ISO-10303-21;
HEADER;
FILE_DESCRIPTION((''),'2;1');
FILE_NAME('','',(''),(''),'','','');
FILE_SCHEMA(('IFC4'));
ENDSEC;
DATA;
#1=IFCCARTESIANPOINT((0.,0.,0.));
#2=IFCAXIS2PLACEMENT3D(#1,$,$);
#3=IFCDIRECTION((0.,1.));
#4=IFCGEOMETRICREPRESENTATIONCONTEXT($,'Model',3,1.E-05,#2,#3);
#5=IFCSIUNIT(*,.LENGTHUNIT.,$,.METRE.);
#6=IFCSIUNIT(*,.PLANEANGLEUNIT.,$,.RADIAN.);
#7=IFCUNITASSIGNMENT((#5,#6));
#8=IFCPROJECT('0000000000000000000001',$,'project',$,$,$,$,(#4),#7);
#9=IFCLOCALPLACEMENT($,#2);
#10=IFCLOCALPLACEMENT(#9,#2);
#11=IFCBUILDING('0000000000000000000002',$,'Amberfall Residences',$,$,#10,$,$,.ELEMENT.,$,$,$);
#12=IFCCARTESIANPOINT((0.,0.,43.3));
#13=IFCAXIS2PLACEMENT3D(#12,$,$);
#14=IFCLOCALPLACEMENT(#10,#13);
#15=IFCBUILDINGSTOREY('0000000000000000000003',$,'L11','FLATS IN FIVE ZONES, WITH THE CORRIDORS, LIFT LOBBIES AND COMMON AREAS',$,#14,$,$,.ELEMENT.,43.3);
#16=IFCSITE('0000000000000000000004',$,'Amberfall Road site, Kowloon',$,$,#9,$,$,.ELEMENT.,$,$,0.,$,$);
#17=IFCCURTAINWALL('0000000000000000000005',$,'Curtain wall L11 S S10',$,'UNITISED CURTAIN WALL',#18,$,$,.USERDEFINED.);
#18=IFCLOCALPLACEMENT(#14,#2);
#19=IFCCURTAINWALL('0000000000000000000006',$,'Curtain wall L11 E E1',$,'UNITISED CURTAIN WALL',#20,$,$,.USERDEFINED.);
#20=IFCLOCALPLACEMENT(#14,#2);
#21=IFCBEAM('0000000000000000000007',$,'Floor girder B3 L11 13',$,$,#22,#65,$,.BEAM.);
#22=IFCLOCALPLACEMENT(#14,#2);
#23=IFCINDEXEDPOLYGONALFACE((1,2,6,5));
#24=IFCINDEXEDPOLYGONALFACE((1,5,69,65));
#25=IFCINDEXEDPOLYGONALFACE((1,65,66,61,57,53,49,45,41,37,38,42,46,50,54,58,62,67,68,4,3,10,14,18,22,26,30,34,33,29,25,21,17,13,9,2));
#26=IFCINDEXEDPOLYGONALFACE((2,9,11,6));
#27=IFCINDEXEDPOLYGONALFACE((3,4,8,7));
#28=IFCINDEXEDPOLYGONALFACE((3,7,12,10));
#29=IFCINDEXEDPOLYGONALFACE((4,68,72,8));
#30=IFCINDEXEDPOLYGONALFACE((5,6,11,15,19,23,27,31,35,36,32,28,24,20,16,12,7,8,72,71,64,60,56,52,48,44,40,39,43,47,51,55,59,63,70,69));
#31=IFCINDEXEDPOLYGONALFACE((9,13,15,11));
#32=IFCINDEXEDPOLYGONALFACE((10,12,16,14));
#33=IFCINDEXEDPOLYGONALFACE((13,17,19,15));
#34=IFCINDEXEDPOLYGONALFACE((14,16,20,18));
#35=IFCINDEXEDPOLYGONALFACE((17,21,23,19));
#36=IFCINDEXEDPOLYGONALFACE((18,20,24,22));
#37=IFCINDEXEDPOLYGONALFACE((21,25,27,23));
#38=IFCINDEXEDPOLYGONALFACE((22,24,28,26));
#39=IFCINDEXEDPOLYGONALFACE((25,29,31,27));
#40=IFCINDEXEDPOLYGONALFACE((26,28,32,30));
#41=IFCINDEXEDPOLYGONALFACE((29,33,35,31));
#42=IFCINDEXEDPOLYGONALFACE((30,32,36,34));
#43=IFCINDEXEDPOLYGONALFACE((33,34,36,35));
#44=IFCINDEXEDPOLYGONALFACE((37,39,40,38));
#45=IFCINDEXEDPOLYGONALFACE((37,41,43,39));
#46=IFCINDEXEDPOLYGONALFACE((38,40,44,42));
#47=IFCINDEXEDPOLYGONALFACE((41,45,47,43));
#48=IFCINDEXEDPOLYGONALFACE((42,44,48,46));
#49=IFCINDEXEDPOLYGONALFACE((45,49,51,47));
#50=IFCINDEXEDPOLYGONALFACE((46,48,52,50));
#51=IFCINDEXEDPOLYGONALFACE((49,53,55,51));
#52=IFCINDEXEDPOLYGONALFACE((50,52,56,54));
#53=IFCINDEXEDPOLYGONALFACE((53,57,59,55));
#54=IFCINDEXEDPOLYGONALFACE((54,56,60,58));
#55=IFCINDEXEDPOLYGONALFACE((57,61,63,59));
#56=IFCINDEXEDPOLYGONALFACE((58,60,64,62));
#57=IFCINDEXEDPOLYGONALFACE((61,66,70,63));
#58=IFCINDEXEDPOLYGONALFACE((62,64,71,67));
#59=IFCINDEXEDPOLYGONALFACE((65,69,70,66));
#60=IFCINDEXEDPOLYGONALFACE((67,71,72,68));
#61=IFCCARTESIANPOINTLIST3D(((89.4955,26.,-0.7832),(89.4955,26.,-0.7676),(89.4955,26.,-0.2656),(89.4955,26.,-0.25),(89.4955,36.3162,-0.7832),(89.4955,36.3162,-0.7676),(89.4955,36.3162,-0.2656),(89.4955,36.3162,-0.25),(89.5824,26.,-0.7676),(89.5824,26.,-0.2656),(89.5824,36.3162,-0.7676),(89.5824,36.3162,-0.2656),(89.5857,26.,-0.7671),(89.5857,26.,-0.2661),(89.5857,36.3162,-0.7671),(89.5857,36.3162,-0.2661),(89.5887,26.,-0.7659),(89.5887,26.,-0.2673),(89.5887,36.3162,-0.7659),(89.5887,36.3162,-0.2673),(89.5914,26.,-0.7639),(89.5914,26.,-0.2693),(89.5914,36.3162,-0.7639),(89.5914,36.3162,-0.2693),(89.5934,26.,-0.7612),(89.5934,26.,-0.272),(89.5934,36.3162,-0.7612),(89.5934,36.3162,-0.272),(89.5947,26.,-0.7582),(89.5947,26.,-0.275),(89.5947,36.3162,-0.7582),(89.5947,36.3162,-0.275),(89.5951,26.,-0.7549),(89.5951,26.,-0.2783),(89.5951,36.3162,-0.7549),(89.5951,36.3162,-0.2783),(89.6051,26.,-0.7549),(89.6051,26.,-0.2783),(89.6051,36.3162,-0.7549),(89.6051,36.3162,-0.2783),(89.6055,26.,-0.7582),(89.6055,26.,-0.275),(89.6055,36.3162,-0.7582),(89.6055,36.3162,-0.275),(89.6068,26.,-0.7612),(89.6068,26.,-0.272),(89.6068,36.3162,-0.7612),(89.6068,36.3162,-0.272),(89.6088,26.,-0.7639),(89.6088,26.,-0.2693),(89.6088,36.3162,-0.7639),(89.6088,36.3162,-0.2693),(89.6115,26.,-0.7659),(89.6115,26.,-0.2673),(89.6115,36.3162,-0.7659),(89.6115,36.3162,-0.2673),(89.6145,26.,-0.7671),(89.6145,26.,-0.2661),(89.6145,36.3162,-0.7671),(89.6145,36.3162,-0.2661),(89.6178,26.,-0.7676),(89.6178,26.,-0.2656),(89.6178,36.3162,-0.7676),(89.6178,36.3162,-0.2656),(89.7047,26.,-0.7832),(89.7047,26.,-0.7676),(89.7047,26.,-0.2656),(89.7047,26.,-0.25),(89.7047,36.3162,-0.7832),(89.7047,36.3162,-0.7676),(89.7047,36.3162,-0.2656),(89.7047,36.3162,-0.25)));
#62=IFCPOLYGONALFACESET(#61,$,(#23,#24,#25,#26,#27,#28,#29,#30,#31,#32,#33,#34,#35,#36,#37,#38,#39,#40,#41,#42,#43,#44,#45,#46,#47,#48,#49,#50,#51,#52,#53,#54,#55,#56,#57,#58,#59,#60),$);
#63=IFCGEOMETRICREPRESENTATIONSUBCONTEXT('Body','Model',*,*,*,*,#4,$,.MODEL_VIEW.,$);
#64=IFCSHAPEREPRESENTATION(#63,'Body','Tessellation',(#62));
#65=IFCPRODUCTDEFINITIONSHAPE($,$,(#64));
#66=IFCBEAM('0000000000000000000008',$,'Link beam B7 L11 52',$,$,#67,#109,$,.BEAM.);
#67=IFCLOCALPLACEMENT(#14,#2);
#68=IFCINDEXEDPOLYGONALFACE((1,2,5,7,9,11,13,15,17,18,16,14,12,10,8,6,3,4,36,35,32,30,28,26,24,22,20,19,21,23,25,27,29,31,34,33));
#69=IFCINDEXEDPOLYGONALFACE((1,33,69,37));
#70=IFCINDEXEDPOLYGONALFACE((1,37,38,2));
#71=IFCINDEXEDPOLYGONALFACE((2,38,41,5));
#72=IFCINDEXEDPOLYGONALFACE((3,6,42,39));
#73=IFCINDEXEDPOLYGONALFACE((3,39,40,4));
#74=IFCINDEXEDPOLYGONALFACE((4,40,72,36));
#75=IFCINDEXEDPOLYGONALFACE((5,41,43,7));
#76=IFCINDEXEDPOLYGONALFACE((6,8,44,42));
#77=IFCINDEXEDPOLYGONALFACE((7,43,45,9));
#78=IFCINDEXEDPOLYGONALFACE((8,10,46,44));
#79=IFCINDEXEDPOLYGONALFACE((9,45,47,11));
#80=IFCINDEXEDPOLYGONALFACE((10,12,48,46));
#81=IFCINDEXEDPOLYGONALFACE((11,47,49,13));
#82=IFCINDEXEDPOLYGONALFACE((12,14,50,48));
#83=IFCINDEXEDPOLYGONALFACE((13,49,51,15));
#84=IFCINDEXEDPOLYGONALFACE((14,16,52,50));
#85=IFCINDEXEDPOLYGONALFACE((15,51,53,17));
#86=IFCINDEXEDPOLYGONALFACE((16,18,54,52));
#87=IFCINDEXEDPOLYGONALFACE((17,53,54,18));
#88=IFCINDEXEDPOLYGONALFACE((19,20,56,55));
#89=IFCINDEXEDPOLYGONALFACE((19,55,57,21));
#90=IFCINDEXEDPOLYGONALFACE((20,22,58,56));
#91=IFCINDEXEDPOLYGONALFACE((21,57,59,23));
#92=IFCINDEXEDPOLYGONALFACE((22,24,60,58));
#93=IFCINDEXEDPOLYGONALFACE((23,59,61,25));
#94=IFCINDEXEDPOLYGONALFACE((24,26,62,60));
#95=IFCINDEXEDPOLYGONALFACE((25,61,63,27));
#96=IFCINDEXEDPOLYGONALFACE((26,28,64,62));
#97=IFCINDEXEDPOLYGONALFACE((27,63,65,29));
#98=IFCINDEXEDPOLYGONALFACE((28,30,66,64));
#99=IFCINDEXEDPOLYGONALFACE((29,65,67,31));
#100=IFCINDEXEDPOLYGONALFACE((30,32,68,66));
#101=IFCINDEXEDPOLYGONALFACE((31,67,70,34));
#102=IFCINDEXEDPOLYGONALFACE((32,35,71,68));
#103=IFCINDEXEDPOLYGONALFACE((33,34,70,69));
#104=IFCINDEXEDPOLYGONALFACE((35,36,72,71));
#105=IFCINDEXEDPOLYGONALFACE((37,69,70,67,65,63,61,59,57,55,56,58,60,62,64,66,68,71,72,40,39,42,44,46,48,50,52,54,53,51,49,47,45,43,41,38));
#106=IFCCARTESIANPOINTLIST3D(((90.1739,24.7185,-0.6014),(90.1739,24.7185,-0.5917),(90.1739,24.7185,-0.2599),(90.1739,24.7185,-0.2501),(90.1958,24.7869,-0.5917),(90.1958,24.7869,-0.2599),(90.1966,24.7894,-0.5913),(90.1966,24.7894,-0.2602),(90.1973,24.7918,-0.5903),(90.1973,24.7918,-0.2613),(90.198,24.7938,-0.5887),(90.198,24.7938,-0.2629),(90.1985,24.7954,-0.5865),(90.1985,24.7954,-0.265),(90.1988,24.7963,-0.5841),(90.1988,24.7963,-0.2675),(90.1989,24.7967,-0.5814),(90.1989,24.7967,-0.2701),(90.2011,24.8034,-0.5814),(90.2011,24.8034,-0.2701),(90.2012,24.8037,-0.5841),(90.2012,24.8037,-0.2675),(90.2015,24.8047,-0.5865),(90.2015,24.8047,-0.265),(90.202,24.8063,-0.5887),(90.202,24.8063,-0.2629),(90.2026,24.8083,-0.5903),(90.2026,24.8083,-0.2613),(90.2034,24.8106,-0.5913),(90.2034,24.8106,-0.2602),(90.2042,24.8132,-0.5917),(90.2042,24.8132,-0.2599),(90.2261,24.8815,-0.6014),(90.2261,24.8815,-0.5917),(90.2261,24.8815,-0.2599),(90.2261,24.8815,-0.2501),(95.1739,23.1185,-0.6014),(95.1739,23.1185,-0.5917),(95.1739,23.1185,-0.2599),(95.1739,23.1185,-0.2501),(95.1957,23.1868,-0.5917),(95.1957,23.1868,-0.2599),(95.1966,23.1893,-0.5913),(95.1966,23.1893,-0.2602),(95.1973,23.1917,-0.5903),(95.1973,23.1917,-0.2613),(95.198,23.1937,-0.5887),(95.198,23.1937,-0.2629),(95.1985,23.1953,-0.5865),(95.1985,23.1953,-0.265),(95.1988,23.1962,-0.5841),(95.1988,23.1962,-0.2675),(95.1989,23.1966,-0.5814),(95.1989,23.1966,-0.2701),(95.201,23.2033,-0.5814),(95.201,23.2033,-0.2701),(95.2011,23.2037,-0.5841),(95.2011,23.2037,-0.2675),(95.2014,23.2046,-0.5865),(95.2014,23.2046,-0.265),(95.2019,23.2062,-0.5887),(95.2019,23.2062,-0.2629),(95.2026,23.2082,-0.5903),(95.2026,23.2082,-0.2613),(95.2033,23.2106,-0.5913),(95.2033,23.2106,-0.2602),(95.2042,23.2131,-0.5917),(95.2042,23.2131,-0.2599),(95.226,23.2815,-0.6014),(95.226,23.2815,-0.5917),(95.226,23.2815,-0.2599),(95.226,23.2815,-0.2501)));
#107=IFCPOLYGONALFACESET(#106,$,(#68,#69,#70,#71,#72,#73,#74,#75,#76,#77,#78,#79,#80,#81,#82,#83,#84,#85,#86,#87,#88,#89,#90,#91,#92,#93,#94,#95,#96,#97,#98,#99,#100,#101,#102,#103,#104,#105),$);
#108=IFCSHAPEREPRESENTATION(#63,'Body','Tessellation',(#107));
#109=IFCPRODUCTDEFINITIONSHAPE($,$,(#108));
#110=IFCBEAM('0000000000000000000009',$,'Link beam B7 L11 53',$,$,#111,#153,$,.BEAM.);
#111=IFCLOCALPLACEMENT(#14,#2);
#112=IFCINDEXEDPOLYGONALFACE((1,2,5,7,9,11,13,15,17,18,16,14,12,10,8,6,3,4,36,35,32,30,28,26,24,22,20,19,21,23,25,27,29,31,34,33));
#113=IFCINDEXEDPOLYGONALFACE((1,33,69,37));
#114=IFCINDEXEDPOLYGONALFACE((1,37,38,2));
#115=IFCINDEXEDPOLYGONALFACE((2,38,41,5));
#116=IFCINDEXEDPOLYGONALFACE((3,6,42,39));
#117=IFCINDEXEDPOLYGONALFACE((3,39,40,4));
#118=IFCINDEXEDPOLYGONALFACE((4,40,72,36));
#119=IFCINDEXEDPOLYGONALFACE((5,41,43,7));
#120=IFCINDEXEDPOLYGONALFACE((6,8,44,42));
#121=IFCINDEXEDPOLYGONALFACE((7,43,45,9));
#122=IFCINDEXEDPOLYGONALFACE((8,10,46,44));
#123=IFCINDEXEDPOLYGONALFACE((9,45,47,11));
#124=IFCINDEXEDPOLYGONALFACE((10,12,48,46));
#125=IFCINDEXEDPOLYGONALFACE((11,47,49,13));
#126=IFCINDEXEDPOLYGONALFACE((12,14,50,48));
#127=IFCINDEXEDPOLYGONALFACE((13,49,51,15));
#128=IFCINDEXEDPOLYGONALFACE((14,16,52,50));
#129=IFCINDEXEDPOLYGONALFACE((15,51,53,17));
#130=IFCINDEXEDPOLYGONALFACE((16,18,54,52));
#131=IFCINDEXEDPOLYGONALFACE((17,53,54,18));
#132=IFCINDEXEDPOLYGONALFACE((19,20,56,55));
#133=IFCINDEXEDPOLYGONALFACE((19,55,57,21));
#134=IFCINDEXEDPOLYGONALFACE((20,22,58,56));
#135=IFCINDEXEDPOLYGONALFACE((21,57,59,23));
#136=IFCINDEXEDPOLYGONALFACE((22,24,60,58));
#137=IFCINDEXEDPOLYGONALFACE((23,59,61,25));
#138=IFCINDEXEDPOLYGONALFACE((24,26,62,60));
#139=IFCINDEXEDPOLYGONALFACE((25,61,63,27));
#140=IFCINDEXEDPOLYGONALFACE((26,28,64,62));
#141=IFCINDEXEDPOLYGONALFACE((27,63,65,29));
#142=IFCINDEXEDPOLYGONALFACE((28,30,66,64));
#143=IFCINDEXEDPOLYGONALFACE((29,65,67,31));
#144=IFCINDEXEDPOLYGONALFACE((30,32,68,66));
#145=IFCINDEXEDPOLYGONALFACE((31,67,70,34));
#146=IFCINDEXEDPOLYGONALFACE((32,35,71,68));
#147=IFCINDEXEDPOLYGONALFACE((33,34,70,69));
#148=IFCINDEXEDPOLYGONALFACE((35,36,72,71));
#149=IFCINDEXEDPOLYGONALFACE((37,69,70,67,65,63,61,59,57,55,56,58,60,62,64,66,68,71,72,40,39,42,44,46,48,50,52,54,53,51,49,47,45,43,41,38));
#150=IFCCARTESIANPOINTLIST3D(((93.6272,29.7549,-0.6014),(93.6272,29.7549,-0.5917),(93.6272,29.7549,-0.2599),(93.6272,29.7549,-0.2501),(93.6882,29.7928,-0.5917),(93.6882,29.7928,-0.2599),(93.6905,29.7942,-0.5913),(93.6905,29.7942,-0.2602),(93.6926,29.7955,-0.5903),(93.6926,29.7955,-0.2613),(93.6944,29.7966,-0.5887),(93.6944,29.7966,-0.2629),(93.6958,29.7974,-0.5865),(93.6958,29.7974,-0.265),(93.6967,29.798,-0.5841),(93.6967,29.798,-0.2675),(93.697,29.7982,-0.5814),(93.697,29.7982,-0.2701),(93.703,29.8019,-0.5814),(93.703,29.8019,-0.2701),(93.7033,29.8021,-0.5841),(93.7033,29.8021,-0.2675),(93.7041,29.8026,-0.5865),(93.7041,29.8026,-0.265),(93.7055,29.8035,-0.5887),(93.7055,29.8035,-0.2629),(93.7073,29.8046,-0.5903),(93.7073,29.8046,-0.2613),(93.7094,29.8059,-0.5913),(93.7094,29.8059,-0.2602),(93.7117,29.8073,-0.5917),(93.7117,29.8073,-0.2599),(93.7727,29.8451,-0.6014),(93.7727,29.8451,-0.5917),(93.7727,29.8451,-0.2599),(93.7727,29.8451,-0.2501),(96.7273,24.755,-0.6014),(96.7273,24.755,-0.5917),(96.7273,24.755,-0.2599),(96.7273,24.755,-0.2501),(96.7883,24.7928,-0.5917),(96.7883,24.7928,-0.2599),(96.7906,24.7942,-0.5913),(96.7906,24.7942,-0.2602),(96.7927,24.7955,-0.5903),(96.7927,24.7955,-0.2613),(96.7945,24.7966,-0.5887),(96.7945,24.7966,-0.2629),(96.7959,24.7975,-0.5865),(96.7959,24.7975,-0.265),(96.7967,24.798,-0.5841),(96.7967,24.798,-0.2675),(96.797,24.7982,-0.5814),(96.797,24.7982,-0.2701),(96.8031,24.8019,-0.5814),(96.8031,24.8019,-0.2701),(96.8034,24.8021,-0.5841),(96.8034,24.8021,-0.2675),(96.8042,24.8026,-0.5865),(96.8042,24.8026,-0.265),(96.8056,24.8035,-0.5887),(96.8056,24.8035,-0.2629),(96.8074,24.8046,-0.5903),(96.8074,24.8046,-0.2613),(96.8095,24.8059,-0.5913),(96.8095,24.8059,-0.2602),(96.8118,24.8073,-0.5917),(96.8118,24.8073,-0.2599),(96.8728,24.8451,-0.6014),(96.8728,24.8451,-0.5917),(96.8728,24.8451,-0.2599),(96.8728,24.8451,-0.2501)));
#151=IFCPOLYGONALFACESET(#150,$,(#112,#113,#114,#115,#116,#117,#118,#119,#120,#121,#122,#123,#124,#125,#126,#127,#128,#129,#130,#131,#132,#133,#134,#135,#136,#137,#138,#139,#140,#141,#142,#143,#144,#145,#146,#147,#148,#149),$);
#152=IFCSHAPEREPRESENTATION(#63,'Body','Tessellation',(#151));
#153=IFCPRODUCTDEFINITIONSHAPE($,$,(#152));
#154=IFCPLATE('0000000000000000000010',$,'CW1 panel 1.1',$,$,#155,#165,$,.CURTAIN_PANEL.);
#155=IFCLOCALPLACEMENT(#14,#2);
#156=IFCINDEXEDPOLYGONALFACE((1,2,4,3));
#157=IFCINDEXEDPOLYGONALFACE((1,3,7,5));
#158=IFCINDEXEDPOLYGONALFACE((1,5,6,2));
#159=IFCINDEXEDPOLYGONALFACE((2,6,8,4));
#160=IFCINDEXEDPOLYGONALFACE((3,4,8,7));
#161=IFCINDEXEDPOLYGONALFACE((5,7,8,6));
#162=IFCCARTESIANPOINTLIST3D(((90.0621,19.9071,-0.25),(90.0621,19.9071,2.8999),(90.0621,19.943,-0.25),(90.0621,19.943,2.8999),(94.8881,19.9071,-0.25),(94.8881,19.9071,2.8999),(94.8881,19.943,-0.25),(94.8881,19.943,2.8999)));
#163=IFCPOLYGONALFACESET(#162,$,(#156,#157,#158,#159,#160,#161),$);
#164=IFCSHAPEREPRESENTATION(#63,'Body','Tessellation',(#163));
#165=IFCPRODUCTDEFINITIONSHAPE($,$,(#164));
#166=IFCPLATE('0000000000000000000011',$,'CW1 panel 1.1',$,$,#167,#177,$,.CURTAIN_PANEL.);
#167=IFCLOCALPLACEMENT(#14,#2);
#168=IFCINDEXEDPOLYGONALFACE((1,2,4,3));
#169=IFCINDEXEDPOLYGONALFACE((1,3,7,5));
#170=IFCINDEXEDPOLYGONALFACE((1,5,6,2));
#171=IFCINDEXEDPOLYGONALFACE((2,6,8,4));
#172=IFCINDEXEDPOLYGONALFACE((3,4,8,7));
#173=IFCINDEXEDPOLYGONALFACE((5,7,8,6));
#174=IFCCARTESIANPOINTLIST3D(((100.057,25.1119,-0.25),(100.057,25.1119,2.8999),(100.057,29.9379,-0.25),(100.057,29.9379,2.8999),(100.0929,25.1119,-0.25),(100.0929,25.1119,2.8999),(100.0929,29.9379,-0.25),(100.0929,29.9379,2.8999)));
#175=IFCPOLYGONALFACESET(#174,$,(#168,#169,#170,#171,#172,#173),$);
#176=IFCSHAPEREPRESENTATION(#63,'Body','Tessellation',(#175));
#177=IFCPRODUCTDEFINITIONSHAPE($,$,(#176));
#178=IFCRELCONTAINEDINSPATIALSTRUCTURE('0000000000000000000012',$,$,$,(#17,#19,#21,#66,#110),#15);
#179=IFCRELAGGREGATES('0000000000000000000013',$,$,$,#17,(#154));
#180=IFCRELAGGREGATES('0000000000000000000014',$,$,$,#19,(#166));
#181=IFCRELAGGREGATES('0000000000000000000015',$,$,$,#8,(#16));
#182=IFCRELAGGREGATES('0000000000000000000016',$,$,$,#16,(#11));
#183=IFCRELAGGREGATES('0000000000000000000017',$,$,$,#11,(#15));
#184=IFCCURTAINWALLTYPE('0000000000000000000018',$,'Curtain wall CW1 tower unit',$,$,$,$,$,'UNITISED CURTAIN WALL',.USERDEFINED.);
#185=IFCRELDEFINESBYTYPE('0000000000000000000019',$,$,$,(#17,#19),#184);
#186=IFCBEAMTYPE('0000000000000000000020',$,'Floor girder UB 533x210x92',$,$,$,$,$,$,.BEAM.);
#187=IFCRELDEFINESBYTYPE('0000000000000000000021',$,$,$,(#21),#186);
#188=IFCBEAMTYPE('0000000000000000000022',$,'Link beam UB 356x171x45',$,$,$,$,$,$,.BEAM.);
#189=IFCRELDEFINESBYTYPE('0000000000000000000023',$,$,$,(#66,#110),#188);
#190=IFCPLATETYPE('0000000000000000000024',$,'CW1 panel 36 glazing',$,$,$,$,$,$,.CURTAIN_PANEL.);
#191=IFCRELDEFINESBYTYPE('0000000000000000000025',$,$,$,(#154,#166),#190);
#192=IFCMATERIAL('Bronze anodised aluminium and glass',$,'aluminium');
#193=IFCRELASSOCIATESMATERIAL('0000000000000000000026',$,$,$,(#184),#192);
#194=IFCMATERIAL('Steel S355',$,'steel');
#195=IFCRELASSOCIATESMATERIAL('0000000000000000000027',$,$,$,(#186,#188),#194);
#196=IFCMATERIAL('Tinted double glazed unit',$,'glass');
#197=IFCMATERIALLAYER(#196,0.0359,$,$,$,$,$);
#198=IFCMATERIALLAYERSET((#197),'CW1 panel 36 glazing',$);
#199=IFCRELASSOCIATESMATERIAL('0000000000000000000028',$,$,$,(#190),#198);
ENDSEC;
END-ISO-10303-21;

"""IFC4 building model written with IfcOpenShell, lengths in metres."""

from ifc_helpers import new_model, si_unit, direction, frame, origin, origin_2d, place, context, subcontext, project, spatial, rectangle, i_section, extrude, material, layer, layer_set, material_profile, profile_set, type_object, element, aggregate, save


model = new_model("IFC4")

# Units and contexts
model_context = context("Model", 3, precision=1e-05, world=origin(), true_north=direction((0.0, 1.0)))
body_context = subcontext(model_context, "Body", "Model", "MODEL_VIEW")
ifc_project = project(units=[si_unit("LENGTHUNIT", "METRE"), si_unit("PLANEANGLEUNIT", "RADIAN")], contexts=[model_context])

# Site, building, storey
site_placement = place(None, origin())
site = spatial("IfcSite", under=ifc_project, at=site_placement, Name="Amberfall Road site, Kowloon", CompositionType="ELEMENT", RefElevation=0.0)
building_placement = place(site_placement, origin())
building = spatial("IfcBuilding", under=site, at=building_placement, Name="Amberfall Residences", CompositionType="ELEMENT")
storey_placement = place(building_placement, frame((0.0, 0.0, 43.3)))
storey = spatial("IfcBuildingStorey", under=building, at=storey_placement, Name="L11", Description="FLATS IN FIVE ZONES, WITH THE CORRIDORS, LIFT LOBBIES AND COMMON AREAS", CompositionType="ELEMENT", Elevation=43.3)

# Curtain walls
ifc_material_1 = material(Name="Bronze anodised aluminium and glass", Category="aluminium")
curtain_wall_type = type_object("IfcCurtainWallType", Name="Curtain wall CW1 tower unit", ElementType="UNITISED CURTAIN WALL", PredefinedType="USERDEFINED", material=ifc_material_1)
curtain_wall_1_placement = place(storey_placement, origin())
curtain_wall_1 = element("IfcCurtainWall", 1, at=curtain_wall_1_placement, inside=storey, type_object=curtain_wall_type, Name="Curtain wall L11 S S10", ObjectType="UNITISED CURTAIN WALL", PredefinedType="USERDEFINED")
curtain_wall_2_placement = place(storey_placement, origin())
curtain_wall_2 = element("IfcCurtainWall", 2, at=curtain_wall_2_placement, inside=storey, type_object=curtain_wall_type, Name="Curtain wall L11 E E1", ObjectType="UNITISED CURTAIN WALL", PredefinedType="USERDEFINED")

# Beams
ifc_material_2 = material(Name="Steel S355", Category="steel")
ifc_material_profile_1 = material_profile(ifc_material_2, i_section(OverallWidth=0.2092, OverallDepth=0.5332, WebThickness=0.01, FlangeThickness=0.0156, FilletRadius=0.0127, at=origin_2d()), Name="UB 533x210x92")
ifc_profile_set_1 = profile_set([ifc_material_profile_1], Name="Steel S355")
beam_type_1 = type_object("IfcBeamType", Name="Floor girder UB 533x210x92", PredefinedType="BEAM", material=ifc_profile_set_1)
beam_1_placement = place(storey_placement, frame((89.6001, 26.0, -0.5166), z_axis=(0.0, 1.0, 0.0), x_axis=(-1.0, 0.0, 0.0)))
element("IfcBeam", 3, at=beam_1_placement, inside=storey, type_object=beam_type_1, Name="Floor girder B3 L11 13", PredefinedType="BEAM", context=body_context, shape_type="SweptSolid", body=[
    extrude(i_section(OverallWidth=0.2092, OverallDepth=0.5332, WebThickness=0.01, FlangeThickness=0.0156, FilletRadius=0.0127, at=origin_2d()), origin(), (0.0, 0.0, 1.0), 10.3162),
])
ifc_material_profile_2 = material_profile(ifc_material_2, i_section(OverallWidth=0.1711, OverallDepth=0.3513, WebThickness=0.0071, FlangeThickness=0.0098, FilletRadius=0.0103, at=origin_2d()), Name="UB 356x171x45")
ifc_profile_set_2 = profile_set([ifc_material_profile_2], Name="Steel S355")
beam_type_2 = type_object("IfcBeamType", Name="Link beam UB 356x171x45", PredefinedType="BEAM", material=ifc_profile_set_2)
beam_2_placement = place(storey_placement, frame((95.2, 23.2, -0.4258), z_axis=(-0.952419, 0.304793, 0.0), x_axis=(-0.304793, -0.952419, 0.0)))
element("IfcBeam", 4, at=beam_2_placement, inside=storey, type_object=beam_type_2, Name="Link beam B7 L11 52", PredefinedType="BEAM", context=body_context, shape_type="SweptSolid", body=[
    extrude(i_section(OverallWidth=0.1711, OverallDepth=0.3513, WebThickness=0.0071, FlangeThickness=0.0098, FilletRadius=0.0103, at=origin_2d()), origin(), (0.0, 0.0, 1.0), 5.2498),
])
beam_3_placement = place(storey_placement, frame((96.8, 24.8, -0.4258), z_axis=(-0.526952, 0.849895, 0.0), x_axis=(-0.849895, -0.526952, 0.0)))
element("IfcBeam", 5, at=beam_3_placement, inside=storey, type_object=beam_type_2, Name="Link beam B7 L11 53", PredefinedType="BEAM", context=body_context, shape_type="SweptSolid", body=[
    extrude(i_section(OverallWidth=0.1711, OverallDepth=0.3513, WebThickness=0.0071, FlangeThickness=0.0098, FilletRadius=0.0103, at=origin_2d()), origin(), (0.0, 0.0, 1.0), 5.8831),
])

# Plates
ifc_material_3 = material(Name="Tinted double glazed unit", Category="glass")
ifc_layer_1 = layer(ifc_material_3, 0.0359)
ifc_layer_set_1 = layer_set([ifc_layer_1], Name="CW1 panel 36 glazing")
plate_type = type_object("IfcPlateType", Name="CW1 panel 36 glazing", PredefinedType="CURTAIN_PANEL", material=ifc_layer_set_1)
plate_1_placement = place(storey_placement, frame((92.4751, 19.925, -0.25), z_axis=(0.0, 0.0, 1.0), x_axis=(1.0, 0.0, 0.0)))
plate_1 = element("IfcPlate", 6, at=plate_1_placement, type_object=plate_type, Name="CW1 panel 1.1", PredefinedType="CURTAIN_PANEL", context=body_context, shape_type="SweptSolid", body=[
    extrude(rectangle(XDim=4.8259, YDim=0.0359, at=origin_2d()), origin(), (0.0, 0.0, 1.0), 3.1499),
])
aggregate(curtain_wall_1, [plate_1])
plate_2_placement = place(storey_placement, frame((100.075, 27.5249, -0.25), z_axis=(0.0, 0.0, 1.0), x_axis=(0.0, 1.0, 0.0)))
plate_2 = element("IfcPlate", 7, at=plate_2_placement, type_object=plate_type, Name="CW1 panel 1.1", PredefinedType="CURTAIN_PANEL", context=body_context, shape_type="SweptSolid", body=[
    extrude(rectangle(XDim=4.8259, YDim=0.0359, at=origin_2d()), origin(), (0.0, 0.0, 1.0), 3.1499),
])
aggregate(curtain_wall_2, [plate_2])

save(model, "model.ifc")
